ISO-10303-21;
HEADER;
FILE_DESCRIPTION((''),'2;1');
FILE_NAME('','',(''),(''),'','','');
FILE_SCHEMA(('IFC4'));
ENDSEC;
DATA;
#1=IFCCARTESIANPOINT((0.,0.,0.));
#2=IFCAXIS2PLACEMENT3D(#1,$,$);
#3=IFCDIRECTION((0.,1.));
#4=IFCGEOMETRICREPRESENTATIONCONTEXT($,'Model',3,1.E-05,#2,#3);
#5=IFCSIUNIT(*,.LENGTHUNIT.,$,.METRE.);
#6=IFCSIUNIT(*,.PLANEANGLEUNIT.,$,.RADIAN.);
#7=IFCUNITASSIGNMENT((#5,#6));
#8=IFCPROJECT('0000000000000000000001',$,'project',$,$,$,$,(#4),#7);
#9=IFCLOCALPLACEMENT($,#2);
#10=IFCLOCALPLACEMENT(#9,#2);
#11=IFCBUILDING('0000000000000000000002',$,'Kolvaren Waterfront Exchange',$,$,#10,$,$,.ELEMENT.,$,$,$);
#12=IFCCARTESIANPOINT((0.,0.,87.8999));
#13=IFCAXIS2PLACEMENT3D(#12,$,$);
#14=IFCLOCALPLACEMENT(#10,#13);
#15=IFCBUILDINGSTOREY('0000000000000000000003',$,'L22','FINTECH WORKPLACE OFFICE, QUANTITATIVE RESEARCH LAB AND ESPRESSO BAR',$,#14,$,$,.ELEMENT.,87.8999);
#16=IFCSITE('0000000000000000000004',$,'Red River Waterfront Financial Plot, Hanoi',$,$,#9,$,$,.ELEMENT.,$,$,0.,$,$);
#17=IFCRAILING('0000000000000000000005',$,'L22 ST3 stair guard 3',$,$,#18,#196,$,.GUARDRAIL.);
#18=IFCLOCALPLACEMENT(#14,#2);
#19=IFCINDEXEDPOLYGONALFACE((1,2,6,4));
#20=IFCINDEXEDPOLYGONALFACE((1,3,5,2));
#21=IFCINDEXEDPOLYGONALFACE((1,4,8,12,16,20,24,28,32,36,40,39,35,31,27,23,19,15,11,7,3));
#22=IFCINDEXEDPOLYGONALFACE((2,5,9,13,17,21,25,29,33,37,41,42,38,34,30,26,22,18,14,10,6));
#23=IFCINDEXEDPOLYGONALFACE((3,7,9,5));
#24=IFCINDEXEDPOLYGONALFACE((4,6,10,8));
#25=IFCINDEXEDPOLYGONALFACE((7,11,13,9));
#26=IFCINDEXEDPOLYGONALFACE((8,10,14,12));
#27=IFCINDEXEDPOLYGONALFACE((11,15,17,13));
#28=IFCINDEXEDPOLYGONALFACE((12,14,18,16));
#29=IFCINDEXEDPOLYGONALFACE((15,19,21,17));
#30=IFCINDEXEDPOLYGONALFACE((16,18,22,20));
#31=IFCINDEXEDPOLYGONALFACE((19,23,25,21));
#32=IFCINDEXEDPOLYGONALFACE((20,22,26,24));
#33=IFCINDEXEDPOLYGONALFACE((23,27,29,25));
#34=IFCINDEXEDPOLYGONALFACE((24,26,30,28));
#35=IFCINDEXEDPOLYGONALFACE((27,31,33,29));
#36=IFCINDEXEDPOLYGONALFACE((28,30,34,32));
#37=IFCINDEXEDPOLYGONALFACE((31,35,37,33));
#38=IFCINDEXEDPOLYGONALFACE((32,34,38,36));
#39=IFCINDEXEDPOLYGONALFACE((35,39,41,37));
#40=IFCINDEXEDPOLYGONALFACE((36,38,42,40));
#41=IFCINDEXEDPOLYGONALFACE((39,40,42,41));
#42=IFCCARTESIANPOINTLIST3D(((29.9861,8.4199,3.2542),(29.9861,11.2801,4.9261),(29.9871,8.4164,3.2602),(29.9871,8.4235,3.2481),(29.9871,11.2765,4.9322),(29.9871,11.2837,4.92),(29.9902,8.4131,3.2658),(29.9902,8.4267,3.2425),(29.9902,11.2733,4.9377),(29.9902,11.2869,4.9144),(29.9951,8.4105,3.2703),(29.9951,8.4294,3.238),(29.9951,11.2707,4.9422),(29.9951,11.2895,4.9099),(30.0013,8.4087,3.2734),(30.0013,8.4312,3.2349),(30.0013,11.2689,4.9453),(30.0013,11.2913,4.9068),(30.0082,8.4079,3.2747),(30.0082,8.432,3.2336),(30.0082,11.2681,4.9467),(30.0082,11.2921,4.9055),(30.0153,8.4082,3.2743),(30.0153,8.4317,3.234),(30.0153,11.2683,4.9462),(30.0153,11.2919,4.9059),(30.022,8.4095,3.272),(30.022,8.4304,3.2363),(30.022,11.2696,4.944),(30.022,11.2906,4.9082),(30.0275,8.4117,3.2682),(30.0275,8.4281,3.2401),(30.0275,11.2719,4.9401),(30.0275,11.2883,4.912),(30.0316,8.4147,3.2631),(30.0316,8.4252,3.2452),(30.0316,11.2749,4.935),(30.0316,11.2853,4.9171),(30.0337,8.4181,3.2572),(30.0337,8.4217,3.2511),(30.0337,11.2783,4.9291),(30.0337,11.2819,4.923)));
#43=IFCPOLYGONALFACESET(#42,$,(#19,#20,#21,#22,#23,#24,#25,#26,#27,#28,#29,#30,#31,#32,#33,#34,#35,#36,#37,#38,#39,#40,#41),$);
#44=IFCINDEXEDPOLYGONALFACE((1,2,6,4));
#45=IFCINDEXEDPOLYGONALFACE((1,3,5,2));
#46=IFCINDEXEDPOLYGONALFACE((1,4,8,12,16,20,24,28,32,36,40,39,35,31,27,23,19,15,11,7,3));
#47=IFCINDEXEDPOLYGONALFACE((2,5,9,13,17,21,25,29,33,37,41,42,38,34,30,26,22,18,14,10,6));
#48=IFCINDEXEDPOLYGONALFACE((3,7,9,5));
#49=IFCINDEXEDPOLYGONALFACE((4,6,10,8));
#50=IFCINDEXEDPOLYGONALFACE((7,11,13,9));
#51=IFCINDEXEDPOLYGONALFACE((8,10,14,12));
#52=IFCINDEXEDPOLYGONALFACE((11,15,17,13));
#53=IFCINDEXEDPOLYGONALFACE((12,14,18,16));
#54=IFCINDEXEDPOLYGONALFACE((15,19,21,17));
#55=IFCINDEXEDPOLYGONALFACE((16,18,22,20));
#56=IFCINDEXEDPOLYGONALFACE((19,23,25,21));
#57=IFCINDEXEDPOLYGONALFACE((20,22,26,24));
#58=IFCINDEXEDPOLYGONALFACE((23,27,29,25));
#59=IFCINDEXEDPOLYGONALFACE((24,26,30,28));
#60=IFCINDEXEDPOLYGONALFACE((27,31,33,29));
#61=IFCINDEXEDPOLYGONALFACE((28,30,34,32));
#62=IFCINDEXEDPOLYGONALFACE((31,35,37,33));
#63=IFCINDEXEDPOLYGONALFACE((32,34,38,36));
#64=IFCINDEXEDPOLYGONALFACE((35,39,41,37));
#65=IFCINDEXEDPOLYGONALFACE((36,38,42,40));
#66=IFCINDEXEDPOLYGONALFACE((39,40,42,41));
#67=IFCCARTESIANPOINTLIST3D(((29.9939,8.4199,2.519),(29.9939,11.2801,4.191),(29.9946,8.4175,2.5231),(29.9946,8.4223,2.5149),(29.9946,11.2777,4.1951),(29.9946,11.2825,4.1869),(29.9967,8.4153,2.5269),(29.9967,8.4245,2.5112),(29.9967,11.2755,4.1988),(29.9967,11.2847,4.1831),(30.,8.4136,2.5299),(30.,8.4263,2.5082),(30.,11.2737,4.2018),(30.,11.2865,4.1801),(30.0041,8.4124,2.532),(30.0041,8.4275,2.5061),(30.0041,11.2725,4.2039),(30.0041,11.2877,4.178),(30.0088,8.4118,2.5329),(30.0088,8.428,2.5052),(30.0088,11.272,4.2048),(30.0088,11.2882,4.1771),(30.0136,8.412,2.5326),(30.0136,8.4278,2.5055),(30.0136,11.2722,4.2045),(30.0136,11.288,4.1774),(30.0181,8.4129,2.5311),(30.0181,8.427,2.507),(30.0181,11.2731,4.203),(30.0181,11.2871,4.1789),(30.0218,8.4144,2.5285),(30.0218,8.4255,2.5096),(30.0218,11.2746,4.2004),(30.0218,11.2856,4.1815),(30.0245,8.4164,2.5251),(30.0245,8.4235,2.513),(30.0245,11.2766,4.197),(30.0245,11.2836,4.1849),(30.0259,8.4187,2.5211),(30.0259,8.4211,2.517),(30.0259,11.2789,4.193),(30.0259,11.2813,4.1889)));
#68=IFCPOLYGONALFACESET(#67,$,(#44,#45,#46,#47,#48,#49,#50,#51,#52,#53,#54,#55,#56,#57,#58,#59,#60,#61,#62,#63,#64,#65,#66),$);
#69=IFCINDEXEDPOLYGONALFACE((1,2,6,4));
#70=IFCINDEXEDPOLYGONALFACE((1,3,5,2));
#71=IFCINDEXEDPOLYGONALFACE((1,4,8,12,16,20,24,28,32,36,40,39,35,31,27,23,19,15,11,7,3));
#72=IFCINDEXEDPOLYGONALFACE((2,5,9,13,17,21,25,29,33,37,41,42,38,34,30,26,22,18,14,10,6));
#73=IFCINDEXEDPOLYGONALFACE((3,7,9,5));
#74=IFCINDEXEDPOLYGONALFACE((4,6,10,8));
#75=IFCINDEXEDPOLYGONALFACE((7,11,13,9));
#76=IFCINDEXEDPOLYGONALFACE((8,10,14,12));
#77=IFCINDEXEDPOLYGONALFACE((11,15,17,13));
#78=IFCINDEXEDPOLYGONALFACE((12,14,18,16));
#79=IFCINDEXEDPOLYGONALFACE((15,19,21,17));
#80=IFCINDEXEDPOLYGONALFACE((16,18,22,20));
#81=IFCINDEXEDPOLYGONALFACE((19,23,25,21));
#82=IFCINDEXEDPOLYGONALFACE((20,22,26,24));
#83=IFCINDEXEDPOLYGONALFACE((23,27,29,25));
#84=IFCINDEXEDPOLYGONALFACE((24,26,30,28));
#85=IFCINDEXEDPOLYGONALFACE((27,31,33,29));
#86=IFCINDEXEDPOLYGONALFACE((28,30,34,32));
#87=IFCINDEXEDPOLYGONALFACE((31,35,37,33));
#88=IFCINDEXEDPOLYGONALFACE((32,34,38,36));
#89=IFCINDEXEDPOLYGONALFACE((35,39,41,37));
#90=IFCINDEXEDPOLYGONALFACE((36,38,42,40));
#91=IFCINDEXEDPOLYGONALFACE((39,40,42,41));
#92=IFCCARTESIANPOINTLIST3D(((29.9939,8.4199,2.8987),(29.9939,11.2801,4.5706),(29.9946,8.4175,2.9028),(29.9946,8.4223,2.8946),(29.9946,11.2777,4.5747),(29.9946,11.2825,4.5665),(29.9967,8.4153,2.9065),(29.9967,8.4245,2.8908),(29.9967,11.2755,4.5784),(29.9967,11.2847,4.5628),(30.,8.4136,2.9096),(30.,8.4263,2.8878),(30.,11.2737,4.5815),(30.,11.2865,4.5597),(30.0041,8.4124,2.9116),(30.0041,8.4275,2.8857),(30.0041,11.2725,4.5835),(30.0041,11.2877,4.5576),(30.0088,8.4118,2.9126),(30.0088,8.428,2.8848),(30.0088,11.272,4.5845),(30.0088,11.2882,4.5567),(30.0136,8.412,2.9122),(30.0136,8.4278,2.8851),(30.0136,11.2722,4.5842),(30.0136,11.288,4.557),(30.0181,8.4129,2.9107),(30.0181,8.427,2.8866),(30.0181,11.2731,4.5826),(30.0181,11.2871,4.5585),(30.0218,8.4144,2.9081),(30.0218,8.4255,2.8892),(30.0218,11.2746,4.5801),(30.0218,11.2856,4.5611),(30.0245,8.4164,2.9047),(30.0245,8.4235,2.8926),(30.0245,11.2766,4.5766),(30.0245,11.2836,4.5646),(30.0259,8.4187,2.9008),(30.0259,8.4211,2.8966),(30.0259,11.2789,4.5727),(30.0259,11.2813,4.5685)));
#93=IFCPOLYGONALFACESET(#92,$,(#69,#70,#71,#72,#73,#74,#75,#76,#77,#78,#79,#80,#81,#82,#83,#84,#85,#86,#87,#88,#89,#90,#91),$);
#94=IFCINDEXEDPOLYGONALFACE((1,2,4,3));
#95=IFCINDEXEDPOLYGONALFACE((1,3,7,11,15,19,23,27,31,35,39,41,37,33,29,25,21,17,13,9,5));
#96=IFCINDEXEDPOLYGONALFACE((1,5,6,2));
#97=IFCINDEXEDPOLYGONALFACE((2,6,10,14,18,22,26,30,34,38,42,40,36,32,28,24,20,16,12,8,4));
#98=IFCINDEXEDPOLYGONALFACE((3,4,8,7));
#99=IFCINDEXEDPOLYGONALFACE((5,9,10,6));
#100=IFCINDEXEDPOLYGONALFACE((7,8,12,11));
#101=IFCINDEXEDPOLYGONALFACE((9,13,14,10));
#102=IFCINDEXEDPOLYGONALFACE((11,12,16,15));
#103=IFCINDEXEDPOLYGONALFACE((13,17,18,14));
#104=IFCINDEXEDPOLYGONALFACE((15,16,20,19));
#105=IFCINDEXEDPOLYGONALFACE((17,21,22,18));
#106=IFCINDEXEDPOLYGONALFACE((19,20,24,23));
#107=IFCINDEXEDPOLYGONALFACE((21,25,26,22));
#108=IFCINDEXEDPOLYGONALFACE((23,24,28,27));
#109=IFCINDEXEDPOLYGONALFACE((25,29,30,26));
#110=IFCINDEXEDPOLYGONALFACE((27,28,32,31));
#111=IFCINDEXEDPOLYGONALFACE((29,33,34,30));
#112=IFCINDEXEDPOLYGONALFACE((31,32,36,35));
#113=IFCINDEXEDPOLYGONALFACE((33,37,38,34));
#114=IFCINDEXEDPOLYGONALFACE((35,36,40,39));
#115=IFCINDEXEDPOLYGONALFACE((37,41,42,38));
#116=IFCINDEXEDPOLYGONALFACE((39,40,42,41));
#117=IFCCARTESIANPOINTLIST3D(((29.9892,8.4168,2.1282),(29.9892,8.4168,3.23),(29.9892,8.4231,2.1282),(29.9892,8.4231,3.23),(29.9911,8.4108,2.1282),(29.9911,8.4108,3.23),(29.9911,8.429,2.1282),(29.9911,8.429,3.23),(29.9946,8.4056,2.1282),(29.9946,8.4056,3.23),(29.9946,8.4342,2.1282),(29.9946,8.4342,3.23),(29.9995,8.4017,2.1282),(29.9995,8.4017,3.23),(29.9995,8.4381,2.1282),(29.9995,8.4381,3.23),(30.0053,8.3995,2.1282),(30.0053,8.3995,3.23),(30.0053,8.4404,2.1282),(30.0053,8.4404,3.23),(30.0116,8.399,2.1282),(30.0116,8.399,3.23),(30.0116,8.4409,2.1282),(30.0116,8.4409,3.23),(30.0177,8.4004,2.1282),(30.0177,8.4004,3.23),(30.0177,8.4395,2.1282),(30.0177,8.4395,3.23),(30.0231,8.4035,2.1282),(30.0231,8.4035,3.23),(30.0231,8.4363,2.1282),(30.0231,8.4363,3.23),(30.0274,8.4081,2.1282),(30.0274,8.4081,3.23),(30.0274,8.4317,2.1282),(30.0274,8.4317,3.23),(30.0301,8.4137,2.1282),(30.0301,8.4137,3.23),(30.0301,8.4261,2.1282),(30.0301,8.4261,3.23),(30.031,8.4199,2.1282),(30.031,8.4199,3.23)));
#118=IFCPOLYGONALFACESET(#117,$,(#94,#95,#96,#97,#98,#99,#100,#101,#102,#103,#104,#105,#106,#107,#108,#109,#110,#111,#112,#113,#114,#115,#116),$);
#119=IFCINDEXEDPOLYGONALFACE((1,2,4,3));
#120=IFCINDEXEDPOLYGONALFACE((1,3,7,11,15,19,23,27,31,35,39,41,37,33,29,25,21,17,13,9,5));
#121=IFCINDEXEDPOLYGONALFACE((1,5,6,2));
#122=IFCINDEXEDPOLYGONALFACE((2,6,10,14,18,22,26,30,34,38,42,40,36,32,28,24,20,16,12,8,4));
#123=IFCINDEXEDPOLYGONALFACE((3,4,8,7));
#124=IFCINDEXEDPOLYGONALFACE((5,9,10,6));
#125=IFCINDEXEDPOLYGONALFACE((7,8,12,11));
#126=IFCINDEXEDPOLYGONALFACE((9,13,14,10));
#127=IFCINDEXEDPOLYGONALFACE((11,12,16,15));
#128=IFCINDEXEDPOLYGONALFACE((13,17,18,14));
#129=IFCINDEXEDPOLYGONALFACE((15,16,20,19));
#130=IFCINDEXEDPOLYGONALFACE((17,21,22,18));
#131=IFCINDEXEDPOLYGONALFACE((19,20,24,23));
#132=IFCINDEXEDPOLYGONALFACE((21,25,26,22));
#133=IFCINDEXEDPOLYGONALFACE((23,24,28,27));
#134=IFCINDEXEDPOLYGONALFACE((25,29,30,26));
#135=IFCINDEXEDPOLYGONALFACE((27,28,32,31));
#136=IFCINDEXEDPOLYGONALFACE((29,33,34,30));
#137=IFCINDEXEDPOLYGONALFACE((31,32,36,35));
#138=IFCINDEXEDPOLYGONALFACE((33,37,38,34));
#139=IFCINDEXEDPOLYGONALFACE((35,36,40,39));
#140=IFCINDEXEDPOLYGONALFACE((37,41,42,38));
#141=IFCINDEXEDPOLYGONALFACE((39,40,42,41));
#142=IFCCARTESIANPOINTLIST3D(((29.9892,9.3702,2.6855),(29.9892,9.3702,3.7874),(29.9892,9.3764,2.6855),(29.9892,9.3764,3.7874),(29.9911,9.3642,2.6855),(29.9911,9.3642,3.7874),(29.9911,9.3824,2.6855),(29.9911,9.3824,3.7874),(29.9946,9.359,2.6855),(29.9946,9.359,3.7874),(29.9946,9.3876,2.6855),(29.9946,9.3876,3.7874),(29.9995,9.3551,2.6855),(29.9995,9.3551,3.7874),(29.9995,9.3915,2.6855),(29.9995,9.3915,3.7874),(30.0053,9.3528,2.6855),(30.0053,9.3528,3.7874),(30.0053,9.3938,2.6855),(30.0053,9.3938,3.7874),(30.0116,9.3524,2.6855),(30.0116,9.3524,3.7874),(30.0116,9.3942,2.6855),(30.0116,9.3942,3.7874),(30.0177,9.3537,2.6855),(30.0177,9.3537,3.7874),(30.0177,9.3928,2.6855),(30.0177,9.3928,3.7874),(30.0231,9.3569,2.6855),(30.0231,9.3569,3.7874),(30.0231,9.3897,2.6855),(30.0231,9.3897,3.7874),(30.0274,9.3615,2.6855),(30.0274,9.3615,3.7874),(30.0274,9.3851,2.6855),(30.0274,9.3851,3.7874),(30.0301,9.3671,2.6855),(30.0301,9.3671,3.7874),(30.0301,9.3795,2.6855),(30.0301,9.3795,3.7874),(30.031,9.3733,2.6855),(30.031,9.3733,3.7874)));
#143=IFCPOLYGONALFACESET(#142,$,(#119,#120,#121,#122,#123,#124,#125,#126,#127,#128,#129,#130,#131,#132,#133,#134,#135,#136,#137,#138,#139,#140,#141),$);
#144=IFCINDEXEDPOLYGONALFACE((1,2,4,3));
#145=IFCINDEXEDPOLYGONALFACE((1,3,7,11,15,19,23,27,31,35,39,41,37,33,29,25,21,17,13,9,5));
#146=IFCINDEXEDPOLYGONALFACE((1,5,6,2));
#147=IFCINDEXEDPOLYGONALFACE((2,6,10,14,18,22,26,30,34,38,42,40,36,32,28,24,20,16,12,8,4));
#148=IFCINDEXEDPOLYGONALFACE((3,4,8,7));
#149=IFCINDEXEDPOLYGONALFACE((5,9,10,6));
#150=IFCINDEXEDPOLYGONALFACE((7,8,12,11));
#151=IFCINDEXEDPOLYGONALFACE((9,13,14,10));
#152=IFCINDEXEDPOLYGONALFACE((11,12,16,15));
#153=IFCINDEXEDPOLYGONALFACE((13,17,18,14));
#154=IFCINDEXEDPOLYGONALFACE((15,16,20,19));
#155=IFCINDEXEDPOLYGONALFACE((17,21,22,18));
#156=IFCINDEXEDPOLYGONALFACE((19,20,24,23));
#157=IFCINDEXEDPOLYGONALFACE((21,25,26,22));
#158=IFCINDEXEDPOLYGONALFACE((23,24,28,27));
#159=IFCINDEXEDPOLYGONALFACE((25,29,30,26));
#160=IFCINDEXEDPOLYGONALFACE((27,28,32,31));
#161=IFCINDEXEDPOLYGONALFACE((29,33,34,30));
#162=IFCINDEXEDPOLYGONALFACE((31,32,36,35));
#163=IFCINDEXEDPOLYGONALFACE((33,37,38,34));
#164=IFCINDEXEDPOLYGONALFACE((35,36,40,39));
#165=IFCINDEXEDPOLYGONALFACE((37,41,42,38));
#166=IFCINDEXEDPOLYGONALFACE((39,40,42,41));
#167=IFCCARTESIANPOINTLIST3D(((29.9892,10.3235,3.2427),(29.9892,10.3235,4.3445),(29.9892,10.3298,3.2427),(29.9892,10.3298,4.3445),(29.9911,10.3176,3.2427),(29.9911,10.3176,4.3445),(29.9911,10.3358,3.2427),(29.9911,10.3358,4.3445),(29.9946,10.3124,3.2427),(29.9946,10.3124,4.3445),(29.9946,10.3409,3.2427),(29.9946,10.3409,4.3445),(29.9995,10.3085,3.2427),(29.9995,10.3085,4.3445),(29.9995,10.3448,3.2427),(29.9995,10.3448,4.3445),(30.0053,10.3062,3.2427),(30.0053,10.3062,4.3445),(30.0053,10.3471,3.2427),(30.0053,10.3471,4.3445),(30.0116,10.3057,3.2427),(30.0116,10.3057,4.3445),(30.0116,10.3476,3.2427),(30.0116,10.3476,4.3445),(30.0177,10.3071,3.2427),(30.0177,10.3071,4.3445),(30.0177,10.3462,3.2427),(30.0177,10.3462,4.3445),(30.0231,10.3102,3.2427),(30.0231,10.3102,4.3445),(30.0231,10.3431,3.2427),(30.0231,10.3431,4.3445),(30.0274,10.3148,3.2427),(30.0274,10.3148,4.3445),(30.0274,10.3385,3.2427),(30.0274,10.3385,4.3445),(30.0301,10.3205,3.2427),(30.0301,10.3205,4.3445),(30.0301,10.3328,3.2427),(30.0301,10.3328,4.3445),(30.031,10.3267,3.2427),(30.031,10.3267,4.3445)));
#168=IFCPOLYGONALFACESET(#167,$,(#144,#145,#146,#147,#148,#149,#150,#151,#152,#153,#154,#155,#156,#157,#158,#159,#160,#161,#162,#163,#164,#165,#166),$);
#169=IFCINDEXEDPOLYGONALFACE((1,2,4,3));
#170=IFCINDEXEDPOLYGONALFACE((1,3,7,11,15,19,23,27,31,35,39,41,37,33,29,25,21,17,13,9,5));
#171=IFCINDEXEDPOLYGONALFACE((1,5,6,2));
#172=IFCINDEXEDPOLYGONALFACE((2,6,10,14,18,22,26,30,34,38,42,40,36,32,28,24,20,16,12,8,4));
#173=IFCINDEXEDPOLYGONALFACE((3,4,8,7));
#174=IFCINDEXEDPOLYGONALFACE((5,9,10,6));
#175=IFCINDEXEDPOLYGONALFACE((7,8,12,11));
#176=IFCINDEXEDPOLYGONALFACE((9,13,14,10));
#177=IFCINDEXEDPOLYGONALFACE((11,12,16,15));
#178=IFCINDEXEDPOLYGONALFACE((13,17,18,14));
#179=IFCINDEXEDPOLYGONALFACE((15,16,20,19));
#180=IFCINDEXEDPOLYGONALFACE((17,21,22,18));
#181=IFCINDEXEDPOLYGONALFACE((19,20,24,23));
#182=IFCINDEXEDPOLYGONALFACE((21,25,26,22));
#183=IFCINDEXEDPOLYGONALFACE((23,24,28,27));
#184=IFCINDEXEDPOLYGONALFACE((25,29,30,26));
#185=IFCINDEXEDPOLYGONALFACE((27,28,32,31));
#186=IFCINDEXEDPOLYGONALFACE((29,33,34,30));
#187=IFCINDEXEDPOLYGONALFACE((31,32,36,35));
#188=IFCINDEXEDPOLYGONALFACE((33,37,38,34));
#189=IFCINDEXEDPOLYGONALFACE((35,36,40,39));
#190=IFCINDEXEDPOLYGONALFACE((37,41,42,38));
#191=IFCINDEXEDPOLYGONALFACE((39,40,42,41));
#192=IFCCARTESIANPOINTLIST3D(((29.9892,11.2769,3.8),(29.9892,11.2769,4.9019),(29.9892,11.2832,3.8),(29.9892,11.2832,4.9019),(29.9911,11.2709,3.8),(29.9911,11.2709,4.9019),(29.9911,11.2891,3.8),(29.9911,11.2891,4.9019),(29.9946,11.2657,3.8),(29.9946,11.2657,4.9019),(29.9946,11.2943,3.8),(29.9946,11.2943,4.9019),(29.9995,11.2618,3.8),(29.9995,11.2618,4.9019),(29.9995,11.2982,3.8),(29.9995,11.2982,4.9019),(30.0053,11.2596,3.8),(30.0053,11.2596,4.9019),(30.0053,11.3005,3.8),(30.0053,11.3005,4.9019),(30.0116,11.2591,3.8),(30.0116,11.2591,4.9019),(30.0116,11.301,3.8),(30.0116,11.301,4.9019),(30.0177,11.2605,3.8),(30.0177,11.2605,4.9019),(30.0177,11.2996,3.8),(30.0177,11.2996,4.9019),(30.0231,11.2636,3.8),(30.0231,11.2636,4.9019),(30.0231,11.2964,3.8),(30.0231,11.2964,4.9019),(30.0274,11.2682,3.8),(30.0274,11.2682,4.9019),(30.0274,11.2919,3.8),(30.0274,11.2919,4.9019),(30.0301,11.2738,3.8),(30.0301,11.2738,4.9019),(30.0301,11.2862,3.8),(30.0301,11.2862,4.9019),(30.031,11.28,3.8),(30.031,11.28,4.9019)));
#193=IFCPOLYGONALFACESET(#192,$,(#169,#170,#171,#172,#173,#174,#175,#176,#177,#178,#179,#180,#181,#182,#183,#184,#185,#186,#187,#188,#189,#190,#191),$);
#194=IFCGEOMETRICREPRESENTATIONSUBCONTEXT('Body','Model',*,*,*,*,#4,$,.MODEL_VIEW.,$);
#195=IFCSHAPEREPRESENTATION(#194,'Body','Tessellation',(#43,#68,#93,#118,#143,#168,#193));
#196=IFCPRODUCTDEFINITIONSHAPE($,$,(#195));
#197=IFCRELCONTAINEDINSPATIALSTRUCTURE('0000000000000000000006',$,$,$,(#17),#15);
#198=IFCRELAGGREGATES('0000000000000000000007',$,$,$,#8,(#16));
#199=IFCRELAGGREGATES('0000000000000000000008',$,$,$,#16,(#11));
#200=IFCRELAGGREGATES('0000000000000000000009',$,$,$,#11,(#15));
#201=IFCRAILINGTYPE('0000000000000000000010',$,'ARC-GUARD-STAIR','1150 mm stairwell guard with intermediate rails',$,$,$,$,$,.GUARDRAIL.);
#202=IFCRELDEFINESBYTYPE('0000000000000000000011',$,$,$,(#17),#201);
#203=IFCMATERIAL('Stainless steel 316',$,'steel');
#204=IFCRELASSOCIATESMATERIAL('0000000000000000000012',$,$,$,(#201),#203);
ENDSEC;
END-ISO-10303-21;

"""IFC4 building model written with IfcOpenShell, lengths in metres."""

from ifc_helpers import new_model, si_unit, direction, frame, origin, origin_2d, place, context, subcontext, project, spatial, circle, extrude, material, type_object, element, save


model = new_model("IFC4")

# Units and contexts
model_context = context("Model", 3, precision=1e-05, world=origin(), true_north=direction((0.0, 1.0)))
body_context = subcontext(model_context, "Body", "Model", "MODEL_VIEW")
ifc_project = project(units=[si_unit("LENGTHUNIT", "METRE"), si_unit("PLANEANGLEUNIT", "RADIAN")], contexts=[model_context])

# Site, building, storey
site_placement = place(None, origin())
site = spatial("IfcSite", under=ifc_project, at=site_placement, Name="Red River Waterfront Financial Plot, Hanoi", CompositionType="ELEMENT", RefElevation=0.0)
building_placement = place(site_placement, origin())
building = spatial("IfcBuilding", under=site, at=building_placement, Name="Kolvaren Waterfront Exchange", CompositionType="ELEMENT")
storey_placement = place(building_placement, frame((0.0, 0.0, 87.8999)))
storey = spatial("IfcBuildingStorey", under=building, at=storey_placement, Name="L22", Description="FINTECH WORKPLACE OFFICE, QUANTITATIVE RESEARCH LAB AND ESPRESSO BAR", CompositionType="ELEMENT", Elevation=87.8999)

# Railing
ifc_material_1 = material(Name="Stainless steel 316", Category="steel")
railing_type_1 = type_object("IfcRailingType", Name="ARC-GUARD-STAIR", Description="1150 mm stairwell guard with intermediate rails", PredefinedType="GUARDRAIL", material=ifc_material_1)
railing_1_placement = place(storey_placement, frame((30.01, 8.4199, 2.1282)))
element("IfcRailing", 1, at=railing_1_placement, inside=storey, type_object=railing_type_1, Name="L22 ST3 stair guard 3", PredefinedType="GUARDRAIL", context=body_context, shape_type="SweptSolid", body=[
    extrude(circle(Radius=0.0239, at=origin_2d()), frame((0.0, 0.0, 1.126), z_axis=(0.0, 0.863321, 0.504654), x_axis=(-1.0, 0.0, 0.0)), (0.0, 0.0, 1.0), 3.313),
    extrude(circle(Radius=0.0161, at=origin_2d()), frame((0.0, 0.0, 0.3909), z_axis=(0.0, 0.863321, 0.504654), x_axis=(-1.0, 0.0, 0.0)), (0.0, 0.0, 1.0), 3.313),
    extrude(circle(Radius=0.0161, at=origin_2d()), frame((0.0, 0.0, 0.7705), z_axis=(0.0, 0.863321, 0.504654), x_axis=(-1.0, 0.0, 0.0)), (0.0, 0.0, 1.0), 3.313),
    extrude(circle(Radius=0.021, at=origin_2d()), origin(), (0.0, 0.0, 1.0), 1.1018),
    extrude(circle(Radius=0.021, at=origin_2d()), frame((0.0, 0.9534, 0.5574)), (0.0, 0.0, 1.0), 1.1018),
    extrude(circle(Radius=0.021, at=origin_2d()), frame((0.0, 1.9067, 1.1145)), (0.0, 0.0, 1.0), 1.1018),
    extrude(circle(Radius=0.021, at=origin_2d()), frame((0.0, 2.8601, 1.6719)), (0.0, 0.0, 1.0), 1.1018),
])

save(model, "model.ifc")
